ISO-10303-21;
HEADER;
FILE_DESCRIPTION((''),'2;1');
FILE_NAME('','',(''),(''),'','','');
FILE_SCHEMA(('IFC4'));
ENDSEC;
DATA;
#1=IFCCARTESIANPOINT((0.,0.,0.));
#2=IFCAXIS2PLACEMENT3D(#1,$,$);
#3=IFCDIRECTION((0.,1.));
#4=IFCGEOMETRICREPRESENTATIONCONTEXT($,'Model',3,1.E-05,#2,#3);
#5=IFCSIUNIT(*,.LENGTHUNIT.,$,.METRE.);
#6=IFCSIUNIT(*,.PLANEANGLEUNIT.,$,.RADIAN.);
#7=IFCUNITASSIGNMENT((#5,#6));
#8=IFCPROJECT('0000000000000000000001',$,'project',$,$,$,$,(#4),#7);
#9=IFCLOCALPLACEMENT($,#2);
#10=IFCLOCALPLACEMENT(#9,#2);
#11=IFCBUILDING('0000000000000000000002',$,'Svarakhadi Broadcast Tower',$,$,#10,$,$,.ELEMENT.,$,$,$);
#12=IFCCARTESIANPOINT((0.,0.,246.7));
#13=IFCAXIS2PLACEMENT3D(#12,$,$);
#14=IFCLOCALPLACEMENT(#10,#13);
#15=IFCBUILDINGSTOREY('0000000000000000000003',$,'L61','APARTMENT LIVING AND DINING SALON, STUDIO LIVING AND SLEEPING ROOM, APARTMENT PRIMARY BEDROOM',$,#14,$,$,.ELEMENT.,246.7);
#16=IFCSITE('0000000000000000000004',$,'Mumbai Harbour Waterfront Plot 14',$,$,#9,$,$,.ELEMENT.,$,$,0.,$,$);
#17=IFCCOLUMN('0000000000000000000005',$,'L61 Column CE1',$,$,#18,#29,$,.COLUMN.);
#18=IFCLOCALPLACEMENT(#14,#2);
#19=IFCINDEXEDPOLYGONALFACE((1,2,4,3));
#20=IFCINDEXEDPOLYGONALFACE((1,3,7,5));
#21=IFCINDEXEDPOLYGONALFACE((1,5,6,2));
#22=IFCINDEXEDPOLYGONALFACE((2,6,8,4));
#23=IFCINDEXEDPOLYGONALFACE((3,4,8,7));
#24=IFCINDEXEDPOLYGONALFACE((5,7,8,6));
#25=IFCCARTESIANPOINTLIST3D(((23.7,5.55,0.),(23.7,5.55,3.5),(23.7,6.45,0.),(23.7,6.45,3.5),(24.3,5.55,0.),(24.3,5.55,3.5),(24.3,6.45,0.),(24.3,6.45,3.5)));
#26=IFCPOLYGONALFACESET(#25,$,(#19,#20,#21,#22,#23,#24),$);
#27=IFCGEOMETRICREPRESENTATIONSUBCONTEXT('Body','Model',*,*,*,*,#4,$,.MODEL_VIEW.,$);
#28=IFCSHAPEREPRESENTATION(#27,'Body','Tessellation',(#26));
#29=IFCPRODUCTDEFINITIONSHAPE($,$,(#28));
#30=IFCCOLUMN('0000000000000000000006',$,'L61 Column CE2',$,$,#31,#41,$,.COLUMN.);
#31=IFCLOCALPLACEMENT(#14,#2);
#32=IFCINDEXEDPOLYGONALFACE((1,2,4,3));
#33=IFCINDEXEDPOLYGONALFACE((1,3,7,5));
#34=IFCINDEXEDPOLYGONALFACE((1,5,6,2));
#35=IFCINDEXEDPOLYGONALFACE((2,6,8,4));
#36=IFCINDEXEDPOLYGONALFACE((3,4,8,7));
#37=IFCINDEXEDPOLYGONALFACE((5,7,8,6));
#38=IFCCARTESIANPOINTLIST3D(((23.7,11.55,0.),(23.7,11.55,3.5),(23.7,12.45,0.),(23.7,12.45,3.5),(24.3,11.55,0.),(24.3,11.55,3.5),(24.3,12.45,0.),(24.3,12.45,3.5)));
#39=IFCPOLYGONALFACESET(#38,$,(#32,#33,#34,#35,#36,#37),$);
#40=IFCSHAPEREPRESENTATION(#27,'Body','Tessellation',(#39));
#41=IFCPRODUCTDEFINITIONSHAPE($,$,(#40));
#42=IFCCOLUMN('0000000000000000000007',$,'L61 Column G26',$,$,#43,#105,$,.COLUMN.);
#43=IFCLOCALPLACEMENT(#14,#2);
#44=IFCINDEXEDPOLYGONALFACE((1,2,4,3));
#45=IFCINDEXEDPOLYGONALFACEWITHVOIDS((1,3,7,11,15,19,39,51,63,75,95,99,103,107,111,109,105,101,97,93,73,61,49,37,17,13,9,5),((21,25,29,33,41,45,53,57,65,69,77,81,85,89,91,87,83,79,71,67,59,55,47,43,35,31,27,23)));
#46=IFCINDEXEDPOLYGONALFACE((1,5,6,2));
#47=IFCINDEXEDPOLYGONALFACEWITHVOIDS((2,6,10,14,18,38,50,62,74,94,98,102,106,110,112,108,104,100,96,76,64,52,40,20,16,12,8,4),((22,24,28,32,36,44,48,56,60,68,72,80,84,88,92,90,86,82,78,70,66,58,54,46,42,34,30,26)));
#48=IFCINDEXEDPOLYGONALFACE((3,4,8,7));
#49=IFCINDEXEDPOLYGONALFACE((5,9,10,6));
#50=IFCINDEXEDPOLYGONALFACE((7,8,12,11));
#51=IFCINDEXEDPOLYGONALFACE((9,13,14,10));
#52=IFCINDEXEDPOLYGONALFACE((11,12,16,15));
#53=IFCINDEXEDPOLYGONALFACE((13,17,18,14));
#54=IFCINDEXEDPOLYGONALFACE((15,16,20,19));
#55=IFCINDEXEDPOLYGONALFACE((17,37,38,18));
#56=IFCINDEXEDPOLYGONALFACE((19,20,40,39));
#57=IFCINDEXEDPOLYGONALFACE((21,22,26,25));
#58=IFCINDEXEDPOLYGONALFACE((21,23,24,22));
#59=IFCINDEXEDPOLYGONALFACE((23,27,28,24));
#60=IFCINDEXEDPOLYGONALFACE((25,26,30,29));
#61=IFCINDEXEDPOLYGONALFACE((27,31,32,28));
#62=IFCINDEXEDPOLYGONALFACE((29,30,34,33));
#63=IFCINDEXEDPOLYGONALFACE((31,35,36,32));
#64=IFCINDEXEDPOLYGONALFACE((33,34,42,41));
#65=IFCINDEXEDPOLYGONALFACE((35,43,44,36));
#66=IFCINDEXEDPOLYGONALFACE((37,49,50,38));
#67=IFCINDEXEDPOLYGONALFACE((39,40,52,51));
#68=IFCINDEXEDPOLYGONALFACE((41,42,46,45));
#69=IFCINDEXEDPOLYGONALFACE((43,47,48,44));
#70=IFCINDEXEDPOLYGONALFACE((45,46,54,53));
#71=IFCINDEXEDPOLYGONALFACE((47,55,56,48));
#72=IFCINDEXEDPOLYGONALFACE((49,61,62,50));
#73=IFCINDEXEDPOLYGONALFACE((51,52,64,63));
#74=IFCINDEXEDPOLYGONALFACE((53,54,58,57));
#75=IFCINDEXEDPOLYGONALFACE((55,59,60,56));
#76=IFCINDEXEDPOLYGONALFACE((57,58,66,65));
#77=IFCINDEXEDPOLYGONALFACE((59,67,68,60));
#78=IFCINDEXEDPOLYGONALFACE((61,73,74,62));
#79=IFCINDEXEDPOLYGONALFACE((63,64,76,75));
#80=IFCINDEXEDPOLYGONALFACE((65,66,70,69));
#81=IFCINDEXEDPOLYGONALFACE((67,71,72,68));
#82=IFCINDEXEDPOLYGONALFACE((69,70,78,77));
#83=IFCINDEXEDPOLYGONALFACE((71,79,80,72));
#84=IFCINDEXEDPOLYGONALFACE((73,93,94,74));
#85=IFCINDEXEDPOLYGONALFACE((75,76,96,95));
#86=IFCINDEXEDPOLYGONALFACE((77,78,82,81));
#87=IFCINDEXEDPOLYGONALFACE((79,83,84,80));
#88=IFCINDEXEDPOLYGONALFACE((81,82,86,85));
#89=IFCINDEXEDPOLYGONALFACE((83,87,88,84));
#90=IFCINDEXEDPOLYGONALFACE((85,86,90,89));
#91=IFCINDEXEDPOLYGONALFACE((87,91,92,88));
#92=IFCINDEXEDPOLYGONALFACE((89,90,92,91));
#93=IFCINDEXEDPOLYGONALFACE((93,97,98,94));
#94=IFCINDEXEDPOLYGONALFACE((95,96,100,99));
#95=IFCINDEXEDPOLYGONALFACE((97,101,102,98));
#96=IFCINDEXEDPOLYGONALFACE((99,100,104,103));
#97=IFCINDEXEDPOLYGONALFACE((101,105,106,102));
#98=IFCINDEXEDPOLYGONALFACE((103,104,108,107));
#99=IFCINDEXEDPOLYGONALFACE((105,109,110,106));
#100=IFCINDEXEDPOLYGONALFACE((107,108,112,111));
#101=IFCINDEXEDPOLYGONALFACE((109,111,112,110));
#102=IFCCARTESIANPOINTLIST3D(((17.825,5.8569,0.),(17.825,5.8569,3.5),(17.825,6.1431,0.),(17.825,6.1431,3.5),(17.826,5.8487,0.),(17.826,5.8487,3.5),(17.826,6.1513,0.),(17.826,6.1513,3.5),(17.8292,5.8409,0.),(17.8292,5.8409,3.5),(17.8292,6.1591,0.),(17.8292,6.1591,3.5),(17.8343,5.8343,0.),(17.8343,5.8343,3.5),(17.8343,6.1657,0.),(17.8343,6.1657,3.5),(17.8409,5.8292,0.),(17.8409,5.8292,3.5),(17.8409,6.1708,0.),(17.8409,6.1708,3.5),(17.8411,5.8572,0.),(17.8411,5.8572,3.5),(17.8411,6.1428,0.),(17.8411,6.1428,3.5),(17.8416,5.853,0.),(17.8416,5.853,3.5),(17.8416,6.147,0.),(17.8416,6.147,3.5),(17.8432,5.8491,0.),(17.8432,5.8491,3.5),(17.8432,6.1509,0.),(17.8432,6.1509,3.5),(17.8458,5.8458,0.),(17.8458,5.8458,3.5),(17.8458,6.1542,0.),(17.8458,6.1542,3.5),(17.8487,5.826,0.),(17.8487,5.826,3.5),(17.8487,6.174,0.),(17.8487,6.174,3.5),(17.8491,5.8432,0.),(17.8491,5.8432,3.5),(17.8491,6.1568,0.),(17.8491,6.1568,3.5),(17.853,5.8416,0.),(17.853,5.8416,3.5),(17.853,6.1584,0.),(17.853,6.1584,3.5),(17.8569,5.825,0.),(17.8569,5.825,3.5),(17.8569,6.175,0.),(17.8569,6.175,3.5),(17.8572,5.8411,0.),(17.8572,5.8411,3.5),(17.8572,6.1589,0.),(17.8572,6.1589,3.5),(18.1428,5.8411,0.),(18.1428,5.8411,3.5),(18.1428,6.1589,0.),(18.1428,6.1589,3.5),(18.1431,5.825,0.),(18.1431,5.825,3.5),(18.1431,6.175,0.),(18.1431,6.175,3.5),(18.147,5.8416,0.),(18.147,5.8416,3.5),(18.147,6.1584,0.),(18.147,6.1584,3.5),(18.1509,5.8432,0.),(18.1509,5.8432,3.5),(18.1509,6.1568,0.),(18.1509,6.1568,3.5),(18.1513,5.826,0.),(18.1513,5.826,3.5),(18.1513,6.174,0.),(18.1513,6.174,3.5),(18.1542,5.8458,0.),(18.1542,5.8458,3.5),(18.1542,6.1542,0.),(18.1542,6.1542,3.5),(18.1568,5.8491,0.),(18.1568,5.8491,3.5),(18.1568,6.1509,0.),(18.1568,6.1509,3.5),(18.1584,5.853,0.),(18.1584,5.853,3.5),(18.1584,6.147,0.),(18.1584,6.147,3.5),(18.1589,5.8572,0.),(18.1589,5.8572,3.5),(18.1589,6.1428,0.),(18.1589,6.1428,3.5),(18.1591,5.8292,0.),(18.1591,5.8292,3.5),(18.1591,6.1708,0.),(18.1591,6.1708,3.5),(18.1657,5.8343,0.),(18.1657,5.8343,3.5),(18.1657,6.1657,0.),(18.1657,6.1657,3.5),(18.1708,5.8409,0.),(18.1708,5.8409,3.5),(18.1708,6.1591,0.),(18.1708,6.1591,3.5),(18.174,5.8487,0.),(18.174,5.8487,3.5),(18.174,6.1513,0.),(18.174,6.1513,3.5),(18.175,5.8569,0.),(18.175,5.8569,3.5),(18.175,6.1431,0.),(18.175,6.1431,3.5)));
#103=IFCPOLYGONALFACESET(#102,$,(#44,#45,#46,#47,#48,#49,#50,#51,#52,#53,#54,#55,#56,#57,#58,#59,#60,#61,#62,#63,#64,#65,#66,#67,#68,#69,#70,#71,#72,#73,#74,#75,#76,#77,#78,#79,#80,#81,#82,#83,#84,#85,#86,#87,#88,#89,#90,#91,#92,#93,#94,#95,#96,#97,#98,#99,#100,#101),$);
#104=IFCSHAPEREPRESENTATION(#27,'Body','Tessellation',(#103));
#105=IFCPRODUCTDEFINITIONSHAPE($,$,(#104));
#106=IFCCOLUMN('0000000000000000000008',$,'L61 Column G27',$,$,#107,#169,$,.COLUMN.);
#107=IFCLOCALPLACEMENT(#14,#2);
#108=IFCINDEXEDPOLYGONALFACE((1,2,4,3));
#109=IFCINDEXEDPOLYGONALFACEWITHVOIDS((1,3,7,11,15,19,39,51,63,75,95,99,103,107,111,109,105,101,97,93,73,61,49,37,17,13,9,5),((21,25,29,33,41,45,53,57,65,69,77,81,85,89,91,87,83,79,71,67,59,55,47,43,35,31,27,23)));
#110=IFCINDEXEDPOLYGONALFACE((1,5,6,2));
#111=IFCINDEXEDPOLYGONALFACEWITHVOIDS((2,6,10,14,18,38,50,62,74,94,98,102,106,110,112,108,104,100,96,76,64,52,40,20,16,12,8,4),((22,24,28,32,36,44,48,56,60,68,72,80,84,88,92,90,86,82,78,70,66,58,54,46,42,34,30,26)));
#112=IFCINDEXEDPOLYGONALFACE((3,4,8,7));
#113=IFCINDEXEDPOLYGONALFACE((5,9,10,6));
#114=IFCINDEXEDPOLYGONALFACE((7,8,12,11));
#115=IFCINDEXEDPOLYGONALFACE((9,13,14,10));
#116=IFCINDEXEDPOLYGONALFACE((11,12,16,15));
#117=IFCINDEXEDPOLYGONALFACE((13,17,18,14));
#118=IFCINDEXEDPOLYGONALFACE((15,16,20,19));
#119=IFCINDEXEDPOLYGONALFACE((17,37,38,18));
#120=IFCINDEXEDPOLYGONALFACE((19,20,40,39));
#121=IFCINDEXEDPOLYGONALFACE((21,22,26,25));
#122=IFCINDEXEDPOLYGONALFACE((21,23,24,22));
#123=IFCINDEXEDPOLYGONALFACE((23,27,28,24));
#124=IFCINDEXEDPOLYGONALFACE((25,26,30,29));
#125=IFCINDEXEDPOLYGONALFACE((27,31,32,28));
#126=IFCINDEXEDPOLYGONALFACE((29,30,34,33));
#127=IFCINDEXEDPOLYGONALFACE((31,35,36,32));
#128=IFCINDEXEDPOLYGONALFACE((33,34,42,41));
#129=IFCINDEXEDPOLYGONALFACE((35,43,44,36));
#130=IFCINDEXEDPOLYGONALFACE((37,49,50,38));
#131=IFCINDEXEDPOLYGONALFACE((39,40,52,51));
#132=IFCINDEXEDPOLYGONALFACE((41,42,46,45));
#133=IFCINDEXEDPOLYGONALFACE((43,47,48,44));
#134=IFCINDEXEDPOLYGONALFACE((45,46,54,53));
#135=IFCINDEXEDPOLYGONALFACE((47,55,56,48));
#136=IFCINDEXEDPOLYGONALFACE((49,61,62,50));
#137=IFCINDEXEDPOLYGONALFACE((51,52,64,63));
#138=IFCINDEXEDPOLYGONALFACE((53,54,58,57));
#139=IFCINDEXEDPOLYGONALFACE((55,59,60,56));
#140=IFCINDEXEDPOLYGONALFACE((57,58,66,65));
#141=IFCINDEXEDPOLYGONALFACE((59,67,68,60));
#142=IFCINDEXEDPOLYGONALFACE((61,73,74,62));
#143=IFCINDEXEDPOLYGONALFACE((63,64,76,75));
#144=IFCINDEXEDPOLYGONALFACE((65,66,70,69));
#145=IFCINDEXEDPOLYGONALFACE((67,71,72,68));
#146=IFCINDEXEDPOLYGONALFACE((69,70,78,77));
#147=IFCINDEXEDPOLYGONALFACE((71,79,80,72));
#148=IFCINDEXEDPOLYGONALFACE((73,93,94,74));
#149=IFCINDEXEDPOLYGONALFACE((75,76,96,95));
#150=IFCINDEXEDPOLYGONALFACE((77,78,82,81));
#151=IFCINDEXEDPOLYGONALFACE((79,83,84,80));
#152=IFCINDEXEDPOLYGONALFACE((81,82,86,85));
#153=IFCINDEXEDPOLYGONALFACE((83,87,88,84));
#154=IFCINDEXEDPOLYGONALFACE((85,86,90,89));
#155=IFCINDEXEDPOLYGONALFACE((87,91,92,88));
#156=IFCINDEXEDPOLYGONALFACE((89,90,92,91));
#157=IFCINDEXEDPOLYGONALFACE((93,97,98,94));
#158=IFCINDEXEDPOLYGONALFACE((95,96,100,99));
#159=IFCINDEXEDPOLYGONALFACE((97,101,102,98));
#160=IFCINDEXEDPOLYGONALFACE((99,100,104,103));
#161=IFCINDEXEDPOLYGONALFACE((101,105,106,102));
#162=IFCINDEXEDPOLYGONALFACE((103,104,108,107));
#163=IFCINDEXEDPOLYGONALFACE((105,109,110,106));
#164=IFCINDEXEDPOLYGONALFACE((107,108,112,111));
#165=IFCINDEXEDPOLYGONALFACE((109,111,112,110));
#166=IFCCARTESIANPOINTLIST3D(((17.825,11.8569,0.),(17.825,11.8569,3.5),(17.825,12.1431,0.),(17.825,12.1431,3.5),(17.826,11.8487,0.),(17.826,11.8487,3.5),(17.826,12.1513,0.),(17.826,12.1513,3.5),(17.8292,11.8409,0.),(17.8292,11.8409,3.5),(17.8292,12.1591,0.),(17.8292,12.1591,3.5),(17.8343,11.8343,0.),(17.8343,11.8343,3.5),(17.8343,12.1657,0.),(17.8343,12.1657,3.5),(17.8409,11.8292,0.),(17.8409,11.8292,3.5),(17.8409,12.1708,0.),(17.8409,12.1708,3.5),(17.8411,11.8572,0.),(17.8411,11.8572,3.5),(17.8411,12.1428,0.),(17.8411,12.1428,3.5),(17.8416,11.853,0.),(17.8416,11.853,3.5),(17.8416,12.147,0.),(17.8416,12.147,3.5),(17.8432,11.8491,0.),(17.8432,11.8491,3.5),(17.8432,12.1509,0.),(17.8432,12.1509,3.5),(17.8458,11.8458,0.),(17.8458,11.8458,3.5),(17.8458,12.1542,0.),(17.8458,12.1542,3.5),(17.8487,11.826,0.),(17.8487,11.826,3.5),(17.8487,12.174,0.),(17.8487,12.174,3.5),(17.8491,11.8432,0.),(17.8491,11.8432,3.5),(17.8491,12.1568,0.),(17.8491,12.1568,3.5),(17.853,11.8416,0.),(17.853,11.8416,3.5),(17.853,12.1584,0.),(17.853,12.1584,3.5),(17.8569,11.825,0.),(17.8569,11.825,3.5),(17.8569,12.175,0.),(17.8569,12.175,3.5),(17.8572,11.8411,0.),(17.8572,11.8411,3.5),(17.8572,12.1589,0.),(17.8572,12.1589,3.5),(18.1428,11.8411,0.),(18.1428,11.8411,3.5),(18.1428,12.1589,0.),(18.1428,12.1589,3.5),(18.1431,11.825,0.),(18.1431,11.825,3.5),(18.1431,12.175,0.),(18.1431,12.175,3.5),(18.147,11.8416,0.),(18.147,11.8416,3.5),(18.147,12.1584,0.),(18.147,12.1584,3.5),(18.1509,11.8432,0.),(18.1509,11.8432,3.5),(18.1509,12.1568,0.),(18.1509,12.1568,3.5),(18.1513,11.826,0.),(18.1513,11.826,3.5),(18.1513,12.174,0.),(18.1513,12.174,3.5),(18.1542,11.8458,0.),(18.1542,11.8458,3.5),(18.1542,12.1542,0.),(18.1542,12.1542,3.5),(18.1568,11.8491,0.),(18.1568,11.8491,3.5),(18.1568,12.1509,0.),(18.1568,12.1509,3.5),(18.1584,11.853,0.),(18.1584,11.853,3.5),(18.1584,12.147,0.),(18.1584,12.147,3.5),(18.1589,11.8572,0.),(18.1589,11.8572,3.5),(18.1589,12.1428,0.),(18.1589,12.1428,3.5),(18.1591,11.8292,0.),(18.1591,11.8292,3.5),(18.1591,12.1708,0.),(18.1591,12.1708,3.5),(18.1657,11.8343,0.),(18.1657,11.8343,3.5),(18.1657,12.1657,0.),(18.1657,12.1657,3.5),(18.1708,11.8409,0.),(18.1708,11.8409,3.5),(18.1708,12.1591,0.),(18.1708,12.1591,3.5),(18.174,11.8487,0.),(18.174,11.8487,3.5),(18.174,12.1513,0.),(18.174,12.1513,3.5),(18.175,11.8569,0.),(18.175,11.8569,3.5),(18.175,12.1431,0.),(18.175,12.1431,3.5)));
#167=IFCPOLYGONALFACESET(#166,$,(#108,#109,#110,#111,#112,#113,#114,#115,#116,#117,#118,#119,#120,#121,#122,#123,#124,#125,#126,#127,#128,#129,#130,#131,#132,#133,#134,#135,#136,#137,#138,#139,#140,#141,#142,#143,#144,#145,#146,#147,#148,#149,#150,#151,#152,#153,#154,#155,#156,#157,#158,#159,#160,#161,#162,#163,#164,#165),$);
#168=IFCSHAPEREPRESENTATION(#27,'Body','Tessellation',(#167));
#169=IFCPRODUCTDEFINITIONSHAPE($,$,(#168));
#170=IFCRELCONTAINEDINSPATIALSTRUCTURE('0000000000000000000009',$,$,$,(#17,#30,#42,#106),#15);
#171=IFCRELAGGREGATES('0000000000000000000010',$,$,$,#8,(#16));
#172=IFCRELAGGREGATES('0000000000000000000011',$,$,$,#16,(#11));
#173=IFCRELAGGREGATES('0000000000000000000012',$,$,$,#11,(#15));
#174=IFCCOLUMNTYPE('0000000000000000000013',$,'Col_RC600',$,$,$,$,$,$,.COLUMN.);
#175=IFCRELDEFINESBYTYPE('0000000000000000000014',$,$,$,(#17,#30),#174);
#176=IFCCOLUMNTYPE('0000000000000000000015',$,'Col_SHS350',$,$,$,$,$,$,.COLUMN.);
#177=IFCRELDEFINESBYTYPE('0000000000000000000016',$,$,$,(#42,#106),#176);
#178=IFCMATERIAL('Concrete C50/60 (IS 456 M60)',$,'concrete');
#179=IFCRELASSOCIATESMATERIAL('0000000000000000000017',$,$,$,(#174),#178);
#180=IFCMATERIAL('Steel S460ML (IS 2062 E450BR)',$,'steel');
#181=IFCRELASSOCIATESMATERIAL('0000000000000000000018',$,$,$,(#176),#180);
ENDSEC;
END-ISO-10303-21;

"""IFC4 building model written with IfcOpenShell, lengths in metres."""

from ifc_helpers import new_model, si_unit, direction, frame, origin, origin_2d, place, context, subcontext, project, spatial, rectangle, hollow_rectangle, extrude, material, material_profile, profile_set, type_object, element, save


model = new_model("IFC4")

# Units and contexts
model_context = context("Model", 3, precision=1e-05, world=origin(), true_north=direction((0.0, 1.0)))
body_context = subcontext(model_context, "Body", "Model", "MODEL_VIEW")
ifc_project = project(units=[si_unit("LENGTHUNIT", "METRE"), si_unit("PLANEANGLEUNIT", "RADIAN")], contexts=[model_context])

# Site, building, storey
site_placement = place(None, origin())
site = spatial("IfcSite", under=ifc_project, at=site_placement, Name="Mumbai Harbour Waterfront Plot 14", CompositionType="ELEMENT", RefElevation=0.0)
building_placement = place(site_placement, origin())
building = spatial("IfcBuilding", under=site, at=building_placement, Name="Svarakhadi Broadcast Tower", CompositionType="ELEMENT")
storey_placement = place(building_placement, frame((0.0, 0.0, 246.7)))
storey = spatial("IfcBuildingStorey", under=building, at=storey_placement, Name="L61", Description="APARTMENT LIVING AND DINING SALON, STUDIO LIVING AND SLEEPING ROOM, APARTMENT PRIMARY BEDROOM", CompositionType="ELEMENT", Elevation=246.7)

# Columns
ifc_material_1 = material(Name="Concrete C50/60 (IS 456 M60)", Category="concrete")
ifc_material_profile_1 = material_profile(ifc_material_1, rectangle(XDim=0.6001, YDim=0.8999, at=origin_2d()), Name="RC 600x900")
ifc_profile_set_1 = profile_set([ifc_material_profile_1], Name="Concrete C50/60 (IS 456 M60)")
column_type_1 = type_object("IfcColumnType", Name="Col_RC600", PredefinedType="COLUMN", material=ifc_profile_set_1)
for number, where, z_axis, x_axis, name in (
    (1, (24.0, 6.0, 0.0), (0.0, 0.0, 1.0), (1.0, 0.0, 0.0), "L61 Column CE1"),
    (2, (24.0, 12.0, 0.0), (0.0, 0.0, 1.0), (1.0, 0.0, 0.0), "L61 Column CE2"),
):
    element("IfcColumn", number, at=place(storey_placement, frame(where, z_axis=z_axis, x_axis=x_axis)), inside=storey, type_object=column_type_1, Name=name, PredefinedType="COLUMN", context=body_context, shape_type="SweptSolid", body=[
        extrude(rectangle(XDim=0.6001, YDim=0.8999, at=origin_2d()), origin(), (0.0, 0.0, 1.0), 3.5),
    ])
ifc_material_2 = material(Name="Steel S460ML (IS 2062 E450BR)", Category="steel")
ifc_material_profile_2 = material_profile(ifc_material_2, hollow_rectangle(XDim=0.3501, YDim=0.3501, WallThickness=0.0161, InnerFilletRadius=0.0161, OuterFilletRadius=0.032, at=origin_2d()), Name="SHS 350x350x16")
ifc_profile_set_2 = profile_set([ifc_material_profile_2], Name="Steel S460ML (IS 2062 E450BR)")
column_type_2 = type_object("IfcColumnType", Name="Col_SHS350", PredefinedType="COLUMN", material=ifc_profile_set_2)
for number, where, z_axis, x_axis, name in (
    (3, (18.0, 6.0, 0.0), (0.0, 0.0, 1.0), (1.0, 0.0, 0.0), "L61 Column G26"),
    (4, (18.0, 12.0, 0.0), (0.0, 0.0, 1.0), (1.0, 0.0, 0.0), "L61 Column G27"),
):
    element("IfcColumn", number, at=place(storey_placement, frame(where, z_axis=z_axis, x_axis=x_axis)), inside=storey, type_object=column_type_2, Name=name, PredefinedType="COLUMN", context=body_context, shape_type="SweptSolid", body=[
        extrude(hollow_rectangle(XDim=0.3501, YDim=0.3501, WallThickness=0.0161, InnerFilletRadius=0.0161, OuterFilletRadius=0.032, at=origin_2d()), origin(), (0.0, 0.0, 1.0), 3.5),
    ])

save(model, "model.ifc")
